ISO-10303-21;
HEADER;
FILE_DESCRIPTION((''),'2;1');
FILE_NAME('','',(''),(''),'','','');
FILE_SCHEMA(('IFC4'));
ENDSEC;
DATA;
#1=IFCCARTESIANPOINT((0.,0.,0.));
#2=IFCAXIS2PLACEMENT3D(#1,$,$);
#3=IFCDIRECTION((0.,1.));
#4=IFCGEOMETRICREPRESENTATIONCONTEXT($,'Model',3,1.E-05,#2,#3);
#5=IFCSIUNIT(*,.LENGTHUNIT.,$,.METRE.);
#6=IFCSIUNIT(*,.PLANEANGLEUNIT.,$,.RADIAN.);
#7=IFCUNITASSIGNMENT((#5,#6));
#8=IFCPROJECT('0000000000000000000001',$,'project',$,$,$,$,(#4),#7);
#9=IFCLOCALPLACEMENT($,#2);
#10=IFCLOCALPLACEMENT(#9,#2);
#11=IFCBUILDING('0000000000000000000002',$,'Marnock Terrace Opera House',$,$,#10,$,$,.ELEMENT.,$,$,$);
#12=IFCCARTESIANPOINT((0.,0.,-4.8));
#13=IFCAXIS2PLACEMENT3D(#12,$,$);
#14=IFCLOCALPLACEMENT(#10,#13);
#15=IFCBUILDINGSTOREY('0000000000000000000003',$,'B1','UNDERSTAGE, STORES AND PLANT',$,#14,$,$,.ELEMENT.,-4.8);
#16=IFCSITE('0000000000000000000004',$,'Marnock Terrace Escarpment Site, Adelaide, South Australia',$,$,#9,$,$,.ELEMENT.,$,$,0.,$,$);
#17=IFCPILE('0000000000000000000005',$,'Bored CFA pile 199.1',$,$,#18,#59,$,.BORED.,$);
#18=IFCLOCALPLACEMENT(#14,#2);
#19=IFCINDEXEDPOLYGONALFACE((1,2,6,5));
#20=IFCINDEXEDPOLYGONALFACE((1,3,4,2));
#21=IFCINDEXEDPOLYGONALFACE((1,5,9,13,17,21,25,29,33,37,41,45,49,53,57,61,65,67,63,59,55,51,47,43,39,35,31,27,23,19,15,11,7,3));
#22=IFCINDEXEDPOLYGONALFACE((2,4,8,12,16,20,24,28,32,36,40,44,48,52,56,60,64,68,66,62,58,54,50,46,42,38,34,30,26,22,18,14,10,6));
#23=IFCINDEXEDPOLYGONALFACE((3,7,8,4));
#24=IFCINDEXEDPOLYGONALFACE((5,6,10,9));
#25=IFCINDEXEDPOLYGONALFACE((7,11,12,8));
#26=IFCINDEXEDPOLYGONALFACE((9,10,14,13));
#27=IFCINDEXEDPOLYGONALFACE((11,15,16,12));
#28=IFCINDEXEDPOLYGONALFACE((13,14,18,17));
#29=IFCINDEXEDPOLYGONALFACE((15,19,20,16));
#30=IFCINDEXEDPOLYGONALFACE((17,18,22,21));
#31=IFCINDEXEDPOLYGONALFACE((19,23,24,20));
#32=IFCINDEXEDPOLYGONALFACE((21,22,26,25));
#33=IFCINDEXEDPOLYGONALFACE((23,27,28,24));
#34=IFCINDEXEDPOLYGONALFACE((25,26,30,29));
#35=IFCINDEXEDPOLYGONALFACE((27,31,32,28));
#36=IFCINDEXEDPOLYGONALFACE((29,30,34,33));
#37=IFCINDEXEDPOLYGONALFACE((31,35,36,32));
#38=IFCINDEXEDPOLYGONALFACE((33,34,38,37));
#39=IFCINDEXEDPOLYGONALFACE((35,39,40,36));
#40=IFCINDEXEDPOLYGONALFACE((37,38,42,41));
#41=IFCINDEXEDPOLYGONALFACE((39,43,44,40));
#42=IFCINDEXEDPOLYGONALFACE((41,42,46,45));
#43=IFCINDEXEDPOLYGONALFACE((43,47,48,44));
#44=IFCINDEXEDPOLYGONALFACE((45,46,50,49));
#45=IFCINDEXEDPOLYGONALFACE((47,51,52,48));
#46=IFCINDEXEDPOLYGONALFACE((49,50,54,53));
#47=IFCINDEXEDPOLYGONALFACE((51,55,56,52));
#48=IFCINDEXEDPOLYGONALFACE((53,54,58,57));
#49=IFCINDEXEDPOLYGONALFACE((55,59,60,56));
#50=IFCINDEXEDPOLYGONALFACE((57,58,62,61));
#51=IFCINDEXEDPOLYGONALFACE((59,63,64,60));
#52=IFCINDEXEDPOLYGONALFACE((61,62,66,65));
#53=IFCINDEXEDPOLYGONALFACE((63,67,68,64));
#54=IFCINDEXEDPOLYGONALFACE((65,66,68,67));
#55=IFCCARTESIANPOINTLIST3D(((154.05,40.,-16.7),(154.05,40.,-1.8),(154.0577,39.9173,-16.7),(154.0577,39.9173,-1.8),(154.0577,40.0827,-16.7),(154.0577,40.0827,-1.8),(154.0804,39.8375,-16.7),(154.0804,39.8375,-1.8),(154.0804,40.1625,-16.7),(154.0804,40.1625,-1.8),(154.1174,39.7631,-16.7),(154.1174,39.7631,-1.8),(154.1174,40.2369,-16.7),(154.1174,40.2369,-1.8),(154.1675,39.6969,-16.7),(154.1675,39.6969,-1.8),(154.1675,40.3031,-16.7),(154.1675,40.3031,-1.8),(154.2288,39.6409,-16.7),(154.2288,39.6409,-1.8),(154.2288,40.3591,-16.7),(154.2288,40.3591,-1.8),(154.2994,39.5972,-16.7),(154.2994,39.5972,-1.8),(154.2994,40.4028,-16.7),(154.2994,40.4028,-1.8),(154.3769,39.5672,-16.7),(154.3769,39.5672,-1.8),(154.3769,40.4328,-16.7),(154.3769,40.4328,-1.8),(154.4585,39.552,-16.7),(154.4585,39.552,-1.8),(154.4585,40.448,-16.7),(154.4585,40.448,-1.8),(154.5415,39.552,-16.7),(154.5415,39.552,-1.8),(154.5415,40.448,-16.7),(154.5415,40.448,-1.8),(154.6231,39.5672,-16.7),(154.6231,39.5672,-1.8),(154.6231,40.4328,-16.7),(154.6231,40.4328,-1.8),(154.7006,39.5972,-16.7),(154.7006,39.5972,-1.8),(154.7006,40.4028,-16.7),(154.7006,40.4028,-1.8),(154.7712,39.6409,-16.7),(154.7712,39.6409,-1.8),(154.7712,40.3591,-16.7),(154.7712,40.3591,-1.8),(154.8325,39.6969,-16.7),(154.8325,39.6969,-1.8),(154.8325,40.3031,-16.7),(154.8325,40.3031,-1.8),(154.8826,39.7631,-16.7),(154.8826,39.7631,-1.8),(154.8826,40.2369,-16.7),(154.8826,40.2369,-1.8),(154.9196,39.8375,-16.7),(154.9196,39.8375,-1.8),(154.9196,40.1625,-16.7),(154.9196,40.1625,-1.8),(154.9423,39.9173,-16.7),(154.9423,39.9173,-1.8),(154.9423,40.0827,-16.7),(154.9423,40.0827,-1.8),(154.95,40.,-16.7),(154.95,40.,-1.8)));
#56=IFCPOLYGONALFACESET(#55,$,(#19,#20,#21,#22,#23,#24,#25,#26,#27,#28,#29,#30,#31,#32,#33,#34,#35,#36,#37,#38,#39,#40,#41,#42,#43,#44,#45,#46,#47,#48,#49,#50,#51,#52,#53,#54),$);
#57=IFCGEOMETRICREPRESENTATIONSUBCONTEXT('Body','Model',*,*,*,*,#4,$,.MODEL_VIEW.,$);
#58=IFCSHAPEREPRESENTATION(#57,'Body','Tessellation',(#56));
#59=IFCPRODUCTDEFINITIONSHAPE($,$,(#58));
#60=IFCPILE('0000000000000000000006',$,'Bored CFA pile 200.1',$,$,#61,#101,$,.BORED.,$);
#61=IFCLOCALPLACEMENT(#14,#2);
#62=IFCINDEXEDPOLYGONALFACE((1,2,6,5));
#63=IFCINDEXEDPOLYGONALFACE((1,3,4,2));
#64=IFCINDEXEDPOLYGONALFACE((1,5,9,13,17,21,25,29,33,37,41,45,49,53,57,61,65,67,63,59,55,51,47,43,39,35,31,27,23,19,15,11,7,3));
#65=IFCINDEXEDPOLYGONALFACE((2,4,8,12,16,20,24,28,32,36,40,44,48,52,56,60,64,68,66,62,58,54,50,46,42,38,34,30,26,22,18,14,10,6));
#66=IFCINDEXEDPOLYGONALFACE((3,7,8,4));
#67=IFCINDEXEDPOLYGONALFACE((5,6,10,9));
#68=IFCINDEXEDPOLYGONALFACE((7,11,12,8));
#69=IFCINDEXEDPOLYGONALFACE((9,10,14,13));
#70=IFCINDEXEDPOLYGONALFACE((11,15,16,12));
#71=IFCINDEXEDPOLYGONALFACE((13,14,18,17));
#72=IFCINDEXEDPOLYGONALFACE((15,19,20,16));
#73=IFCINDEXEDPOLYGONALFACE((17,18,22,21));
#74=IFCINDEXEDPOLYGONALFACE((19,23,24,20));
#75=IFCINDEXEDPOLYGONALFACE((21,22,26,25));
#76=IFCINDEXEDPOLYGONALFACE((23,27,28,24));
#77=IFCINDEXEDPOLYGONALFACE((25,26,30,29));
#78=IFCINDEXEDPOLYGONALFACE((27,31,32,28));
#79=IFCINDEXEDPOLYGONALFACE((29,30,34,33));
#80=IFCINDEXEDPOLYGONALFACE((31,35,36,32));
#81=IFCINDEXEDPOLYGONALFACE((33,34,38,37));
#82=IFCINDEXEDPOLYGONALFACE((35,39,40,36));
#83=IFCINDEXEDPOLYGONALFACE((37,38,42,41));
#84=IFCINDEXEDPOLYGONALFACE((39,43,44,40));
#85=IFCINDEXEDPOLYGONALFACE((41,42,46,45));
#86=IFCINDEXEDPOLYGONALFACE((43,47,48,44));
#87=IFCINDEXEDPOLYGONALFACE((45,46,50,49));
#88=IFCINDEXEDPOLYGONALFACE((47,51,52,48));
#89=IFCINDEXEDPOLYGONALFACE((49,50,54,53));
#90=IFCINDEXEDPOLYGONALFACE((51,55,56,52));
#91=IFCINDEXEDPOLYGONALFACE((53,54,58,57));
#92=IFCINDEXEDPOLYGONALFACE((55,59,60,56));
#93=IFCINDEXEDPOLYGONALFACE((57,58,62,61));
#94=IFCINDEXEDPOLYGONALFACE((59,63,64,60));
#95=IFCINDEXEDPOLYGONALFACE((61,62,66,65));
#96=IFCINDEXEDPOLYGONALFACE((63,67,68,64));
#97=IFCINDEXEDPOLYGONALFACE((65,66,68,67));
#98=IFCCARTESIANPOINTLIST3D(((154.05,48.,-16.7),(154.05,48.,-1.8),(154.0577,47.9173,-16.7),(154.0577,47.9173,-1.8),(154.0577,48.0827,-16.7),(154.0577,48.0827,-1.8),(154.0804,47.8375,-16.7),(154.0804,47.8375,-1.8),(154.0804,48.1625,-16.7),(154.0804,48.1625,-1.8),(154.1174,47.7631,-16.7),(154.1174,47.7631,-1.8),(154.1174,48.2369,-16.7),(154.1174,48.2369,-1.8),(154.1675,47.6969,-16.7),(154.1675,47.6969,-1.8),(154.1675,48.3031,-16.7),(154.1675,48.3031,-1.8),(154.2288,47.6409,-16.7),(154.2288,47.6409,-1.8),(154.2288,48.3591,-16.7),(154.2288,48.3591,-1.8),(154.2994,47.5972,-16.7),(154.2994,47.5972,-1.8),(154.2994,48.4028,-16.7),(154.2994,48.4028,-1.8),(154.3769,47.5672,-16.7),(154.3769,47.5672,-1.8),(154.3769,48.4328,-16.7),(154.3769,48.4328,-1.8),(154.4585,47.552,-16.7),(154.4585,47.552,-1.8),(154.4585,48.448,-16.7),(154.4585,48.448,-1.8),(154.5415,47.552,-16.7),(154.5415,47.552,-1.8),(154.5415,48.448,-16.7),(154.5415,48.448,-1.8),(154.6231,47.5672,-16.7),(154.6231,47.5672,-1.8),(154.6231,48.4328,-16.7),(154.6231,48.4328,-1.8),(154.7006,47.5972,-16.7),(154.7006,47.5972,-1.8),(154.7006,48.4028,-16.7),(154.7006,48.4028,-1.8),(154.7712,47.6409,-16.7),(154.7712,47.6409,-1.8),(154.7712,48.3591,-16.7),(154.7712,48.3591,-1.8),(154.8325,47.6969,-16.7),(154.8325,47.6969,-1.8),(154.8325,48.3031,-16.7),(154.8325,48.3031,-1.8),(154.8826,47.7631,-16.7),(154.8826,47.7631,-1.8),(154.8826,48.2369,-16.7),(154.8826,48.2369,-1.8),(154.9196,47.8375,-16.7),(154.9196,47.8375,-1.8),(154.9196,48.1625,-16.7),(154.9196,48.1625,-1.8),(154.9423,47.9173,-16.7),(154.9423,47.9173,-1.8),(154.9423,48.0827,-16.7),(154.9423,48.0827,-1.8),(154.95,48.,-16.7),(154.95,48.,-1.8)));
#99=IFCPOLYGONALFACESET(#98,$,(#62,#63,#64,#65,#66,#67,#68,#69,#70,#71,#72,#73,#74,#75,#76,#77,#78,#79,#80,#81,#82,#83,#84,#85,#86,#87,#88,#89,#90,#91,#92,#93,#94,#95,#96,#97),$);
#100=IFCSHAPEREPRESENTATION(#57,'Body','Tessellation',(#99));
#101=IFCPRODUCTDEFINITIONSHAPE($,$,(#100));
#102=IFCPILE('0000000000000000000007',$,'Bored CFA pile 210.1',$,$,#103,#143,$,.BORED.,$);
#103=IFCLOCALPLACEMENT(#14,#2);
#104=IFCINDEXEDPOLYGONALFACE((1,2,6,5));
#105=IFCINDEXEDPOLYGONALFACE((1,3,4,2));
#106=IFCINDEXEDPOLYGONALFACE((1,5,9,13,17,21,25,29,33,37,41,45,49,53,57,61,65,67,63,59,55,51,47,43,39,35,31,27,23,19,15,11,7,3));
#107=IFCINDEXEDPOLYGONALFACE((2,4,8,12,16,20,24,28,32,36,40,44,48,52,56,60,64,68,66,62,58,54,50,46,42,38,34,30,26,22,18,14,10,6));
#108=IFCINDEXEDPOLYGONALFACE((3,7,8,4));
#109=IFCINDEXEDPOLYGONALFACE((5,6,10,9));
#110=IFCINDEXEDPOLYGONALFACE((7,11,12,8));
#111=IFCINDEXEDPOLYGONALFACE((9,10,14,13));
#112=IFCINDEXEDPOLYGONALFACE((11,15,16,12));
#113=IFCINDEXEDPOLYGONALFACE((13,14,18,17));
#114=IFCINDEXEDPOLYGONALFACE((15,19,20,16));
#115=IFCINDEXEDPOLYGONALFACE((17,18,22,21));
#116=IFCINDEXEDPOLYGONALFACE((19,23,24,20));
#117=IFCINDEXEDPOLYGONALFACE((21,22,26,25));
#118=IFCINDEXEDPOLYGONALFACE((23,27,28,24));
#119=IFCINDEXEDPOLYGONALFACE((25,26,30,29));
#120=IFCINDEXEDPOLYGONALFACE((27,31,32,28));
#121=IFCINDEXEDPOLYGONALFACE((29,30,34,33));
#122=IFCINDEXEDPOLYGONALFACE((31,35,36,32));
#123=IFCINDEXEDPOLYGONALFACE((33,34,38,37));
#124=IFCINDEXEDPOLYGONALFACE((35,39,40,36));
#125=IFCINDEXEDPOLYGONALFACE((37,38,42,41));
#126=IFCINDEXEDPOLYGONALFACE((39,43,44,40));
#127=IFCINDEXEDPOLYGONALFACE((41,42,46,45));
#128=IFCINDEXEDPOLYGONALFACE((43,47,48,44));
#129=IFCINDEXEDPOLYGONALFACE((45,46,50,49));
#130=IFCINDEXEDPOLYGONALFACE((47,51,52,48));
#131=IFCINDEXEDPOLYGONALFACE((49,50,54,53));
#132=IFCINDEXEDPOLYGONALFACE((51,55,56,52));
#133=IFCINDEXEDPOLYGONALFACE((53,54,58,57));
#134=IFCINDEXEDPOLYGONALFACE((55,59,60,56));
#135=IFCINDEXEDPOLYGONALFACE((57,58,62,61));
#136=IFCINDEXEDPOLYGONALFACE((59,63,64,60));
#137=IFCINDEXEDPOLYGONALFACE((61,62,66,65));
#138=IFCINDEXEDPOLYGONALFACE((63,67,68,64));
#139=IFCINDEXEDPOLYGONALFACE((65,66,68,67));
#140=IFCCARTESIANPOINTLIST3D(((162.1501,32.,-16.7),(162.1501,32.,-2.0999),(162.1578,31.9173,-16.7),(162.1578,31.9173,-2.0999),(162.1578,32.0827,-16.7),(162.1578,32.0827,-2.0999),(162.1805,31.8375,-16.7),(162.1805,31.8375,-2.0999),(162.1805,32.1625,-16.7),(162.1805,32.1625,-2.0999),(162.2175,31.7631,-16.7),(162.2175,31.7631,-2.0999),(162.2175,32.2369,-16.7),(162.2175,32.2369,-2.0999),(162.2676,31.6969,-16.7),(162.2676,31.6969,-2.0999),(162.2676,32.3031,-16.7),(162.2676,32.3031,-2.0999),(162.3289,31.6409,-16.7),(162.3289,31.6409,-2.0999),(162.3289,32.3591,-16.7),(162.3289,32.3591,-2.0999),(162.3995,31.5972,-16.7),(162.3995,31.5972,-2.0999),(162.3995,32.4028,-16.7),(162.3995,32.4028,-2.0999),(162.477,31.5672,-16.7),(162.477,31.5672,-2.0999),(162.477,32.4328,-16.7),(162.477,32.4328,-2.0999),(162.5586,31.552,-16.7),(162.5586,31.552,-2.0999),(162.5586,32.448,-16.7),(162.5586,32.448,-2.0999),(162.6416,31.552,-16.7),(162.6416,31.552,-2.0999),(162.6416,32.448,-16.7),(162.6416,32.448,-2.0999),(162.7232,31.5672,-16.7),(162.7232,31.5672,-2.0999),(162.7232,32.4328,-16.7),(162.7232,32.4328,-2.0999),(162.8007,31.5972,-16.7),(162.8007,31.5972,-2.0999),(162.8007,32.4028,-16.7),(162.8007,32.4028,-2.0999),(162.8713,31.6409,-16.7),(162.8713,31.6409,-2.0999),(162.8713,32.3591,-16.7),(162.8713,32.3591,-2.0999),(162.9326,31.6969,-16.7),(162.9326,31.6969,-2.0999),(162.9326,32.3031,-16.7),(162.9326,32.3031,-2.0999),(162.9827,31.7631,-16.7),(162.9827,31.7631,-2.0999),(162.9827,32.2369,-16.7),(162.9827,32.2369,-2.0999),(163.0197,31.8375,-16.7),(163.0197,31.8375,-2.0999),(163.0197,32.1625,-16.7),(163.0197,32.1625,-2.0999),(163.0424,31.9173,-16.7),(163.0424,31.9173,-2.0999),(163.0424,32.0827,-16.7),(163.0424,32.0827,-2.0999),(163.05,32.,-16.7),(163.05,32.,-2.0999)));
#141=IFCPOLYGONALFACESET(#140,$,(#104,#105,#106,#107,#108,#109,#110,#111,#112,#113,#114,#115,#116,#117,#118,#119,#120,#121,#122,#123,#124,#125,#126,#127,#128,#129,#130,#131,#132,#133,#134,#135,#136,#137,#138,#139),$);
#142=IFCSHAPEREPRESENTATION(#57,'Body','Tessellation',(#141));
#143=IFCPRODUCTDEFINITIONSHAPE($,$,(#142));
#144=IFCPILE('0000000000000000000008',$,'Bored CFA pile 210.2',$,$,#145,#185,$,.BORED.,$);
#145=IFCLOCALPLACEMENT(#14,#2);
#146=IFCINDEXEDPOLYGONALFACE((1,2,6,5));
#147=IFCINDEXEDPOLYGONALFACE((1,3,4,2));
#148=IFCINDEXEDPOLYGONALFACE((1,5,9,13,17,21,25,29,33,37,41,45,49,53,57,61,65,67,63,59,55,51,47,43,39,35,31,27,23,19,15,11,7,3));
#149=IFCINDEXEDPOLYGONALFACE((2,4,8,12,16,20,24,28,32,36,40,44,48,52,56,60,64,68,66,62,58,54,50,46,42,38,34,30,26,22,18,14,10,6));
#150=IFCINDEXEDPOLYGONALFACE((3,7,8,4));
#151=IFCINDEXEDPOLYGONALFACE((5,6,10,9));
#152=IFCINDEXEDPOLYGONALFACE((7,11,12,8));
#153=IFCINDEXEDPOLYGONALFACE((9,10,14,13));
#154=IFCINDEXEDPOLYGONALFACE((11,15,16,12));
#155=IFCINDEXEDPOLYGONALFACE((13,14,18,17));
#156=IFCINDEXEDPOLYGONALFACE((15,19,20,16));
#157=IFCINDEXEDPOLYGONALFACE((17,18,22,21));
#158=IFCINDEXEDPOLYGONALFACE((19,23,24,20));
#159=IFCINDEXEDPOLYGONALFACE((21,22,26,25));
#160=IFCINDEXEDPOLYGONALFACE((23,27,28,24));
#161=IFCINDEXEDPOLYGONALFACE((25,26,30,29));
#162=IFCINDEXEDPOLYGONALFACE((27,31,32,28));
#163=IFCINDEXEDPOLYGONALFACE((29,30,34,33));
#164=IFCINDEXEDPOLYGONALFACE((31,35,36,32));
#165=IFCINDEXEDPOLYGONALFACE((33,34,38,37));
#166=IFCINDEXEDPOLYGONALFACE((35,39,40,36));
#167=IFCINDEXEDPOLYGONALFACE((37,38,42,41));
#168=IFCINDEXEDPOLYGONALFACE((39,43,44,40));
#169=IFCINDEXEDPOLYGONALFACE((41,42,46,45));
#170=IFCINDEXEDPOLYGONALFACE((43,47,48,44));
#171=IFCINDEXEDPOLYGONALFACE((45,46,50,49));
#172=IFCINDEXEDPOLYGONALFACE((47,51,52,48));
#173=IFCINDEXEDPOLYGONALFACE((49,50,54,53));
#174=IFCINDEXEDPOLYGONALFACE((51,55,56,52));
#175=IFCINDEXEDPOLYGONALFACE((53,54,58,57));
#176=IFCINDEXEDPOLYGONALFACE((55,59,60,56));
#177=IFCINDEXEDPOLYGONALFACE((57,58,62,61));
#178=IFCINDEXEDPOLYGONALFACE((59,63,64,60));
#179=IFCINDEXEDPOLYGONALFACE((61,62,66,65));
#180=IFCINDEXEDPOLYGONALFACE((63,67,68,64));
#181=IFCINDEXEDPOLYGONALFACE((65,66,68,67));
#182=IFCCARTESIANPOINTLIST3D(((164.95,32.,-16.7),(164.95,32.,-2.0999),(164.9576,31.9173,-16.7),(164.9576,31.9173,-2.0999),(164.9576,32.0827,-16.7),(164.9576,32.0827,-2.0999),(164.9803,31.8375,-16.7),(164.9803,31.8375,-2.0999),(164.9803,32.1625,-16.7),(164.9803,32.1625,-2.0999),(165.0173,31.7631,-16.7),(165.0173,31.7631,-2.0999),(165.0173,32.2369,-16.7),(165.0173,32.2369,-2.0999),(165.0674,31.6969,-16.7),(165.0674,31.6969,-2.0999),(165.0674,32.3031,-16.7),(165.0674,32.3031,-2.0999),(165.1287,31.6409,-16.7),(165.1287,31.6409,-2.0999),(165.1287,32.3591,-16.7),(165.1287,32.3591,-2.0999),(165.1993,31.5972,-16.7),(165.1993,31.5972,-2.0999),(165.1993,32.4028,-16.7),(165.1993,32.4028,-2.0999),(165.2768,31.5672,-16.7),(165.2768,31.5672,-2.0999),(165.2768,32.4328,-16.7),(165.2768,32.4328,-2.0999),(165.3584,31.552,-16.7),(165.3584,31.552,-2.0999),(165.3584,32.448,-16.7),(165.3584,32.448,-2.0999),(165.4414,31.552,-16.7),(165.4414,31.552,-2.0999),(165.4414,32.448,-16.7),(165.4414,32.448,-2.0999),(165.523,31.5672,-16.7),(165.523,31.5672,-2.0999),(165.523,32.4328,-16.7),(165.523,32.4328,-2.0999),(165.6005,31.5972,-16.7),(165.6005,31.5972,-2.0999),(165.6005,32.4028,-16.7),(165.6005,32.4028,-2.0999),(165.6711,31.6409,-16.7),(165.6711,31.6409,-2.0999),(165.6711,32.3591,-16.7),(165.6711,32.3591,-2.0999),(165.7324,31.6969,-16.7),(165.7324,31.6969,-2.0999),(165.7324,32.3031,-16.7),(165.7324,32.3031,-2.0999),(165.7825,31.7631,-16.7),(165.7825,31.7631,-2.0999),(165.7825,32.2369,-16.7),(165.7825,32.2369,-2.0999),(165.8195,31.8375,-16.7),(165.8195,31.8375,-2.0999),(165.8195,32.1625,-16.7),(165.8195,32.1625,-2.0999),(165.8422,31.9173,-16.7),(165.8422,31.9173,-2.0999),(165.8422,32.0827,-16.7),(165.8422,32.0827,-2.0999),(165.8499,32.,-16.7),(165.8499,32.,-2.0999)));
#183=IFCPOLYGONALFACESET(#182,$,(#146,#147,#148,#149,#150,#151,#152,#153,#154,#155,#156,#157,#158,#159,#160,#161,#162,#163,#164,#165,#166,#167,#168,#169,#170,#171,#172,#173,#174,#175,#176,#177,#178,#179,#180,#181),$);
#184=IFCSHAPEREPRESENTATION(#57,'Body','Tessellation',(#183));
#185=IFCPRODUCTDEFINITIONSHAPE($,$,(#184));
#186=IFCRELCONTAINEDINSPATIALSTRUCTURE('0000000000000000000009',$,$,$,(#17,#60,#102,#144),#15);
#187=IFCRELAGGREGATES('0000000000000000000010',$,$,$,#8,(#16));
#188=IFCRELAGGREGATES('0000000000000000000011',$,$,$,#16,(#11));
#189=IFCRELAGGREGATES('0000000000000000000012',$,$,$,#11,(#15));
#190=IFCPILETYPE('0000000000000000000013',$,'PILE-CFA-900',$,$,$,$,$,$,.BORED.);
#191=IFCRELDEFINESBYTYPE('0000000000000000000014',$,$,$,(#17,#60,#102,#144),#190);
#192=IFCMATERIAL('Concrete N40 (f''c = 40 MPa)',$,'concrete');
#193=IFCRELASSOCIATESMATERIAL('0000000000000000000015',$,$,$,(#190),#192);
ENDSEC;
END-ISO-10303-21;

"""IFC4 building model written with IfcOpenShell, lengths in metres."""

from ifc_helpers import new_model, si_unit, direction, frame, origin, origin_2d, place, context, subcontext, project, spatial, circle, extrude, material, material_profile, profile_set, type_object, element, save


model = new_model("IFC4")

# Units and contexts
model_context = context("Model", 3, precision=1e-05, world=origin(), true_north=direction((0.0, 1.0)))
body_context = subcontext(model_context, "Body", "Model", "MODEL_VIEW")
ifc_project = project(units=[si_unit("LENGTHUNIT", "METRE"), si_unit("PLANEANGLEUNIT", "RADIAN")], contexts=[model_context])

# Site, building, storey
site_placement = place(None, origin())
site = spatial("IfcSite", under=ifc_project, at=site_placement, Name="Marnock Terrace Escarpment Site, Adelaide, South Australia", CompositionType="ELEMENT", RefElevation=0.0)
building_placement = place(site_placement, origin())
building = spatial("IfcBuilding", under=site, at=building_placement, Name="Marnock Terrace Opera House", CompositionType="ELEMENT")
storey_placement = place(building_placement, frame((0.0, 0.0, -4.8)))
storey = spatial("IfcBuildingStorey", under=building, at=storey_placement, Name="B1", Description="UNDERSTAGE, STORES AND PLANT", CompositionType="ELEMENT", Elevation=-4.8)

# Shared definitions
ifc_material_1 = material(Name="Concrete N40 (f'c = 40 MPa)", Category="concrete")

# Piles
ifc_material_profile_1 = material_profile(ifc_material_1, circle(Radius=0.45, at=origin_2d()))
ifc_profile_set_1 = profile_set([ifc_material_profile_1], Name="Concrete N40 (f'c = 40 MPa)")
pile_type = type_object("IfcPileType", Name="PILE-CFA-900", PredefinedType="BORED", material=ifc_profile_set_1)
for number, where, z_axis, x_axis, name in (
    (1, (154.5, 40.0, -1.8), (0.0, 0.0, -1.0), (1.0, 0.0, 0.0), "Bored CFA pile 199.1"),
    (2, (154.5, 48.0, -1.8), (0.0, 0.0, -1.0), (1.0, 0.0, 0.0), "Bored CFA pile 200.1"),
):
    element("IfcPile", number, at=place(storey_placement, frame(where, z_axis=z_axis, x_axis=x_axis)), inside=storey, type_object=pile_type, Name=name, PredefinedType="BORED", context=body_context, shape_type="SweptSolid", body=[
        extrude(circle(Radius=0.45, at=origin_2d()), origin(), (0.0, 0.0, 1.0), 14.8999),
    ])
for number, where, z_axis, x_axis, name in (
    (3, (162.6001, 32.0, -2.0999), (0.0, 0.0, -1.0), (1.0, 0.0, 0.0), "Bored CFA pile 210.1"),
    (4, (165.3999, 32.0, -2.0999), (0.0, 0.0, -1.0), (1.0, 0.0, 0.0), "Bored CFA pile 210.2"),
):
    element("IfcPile", number, at=place(storey_placement, frame(where, z_axis=z_axis, x_axis=x_axis)), inside=storey, type_object=pile_type, Name=name, PredefinedType="BORED", context=body_context, shape_type="SweptSolid", body=[
        extrude(circle(Radius=0.45, at=origin_2d()), origin(), (0.0, 0.0, 1.0), 14.6001),
    ])

save(model, "model.ifc")
